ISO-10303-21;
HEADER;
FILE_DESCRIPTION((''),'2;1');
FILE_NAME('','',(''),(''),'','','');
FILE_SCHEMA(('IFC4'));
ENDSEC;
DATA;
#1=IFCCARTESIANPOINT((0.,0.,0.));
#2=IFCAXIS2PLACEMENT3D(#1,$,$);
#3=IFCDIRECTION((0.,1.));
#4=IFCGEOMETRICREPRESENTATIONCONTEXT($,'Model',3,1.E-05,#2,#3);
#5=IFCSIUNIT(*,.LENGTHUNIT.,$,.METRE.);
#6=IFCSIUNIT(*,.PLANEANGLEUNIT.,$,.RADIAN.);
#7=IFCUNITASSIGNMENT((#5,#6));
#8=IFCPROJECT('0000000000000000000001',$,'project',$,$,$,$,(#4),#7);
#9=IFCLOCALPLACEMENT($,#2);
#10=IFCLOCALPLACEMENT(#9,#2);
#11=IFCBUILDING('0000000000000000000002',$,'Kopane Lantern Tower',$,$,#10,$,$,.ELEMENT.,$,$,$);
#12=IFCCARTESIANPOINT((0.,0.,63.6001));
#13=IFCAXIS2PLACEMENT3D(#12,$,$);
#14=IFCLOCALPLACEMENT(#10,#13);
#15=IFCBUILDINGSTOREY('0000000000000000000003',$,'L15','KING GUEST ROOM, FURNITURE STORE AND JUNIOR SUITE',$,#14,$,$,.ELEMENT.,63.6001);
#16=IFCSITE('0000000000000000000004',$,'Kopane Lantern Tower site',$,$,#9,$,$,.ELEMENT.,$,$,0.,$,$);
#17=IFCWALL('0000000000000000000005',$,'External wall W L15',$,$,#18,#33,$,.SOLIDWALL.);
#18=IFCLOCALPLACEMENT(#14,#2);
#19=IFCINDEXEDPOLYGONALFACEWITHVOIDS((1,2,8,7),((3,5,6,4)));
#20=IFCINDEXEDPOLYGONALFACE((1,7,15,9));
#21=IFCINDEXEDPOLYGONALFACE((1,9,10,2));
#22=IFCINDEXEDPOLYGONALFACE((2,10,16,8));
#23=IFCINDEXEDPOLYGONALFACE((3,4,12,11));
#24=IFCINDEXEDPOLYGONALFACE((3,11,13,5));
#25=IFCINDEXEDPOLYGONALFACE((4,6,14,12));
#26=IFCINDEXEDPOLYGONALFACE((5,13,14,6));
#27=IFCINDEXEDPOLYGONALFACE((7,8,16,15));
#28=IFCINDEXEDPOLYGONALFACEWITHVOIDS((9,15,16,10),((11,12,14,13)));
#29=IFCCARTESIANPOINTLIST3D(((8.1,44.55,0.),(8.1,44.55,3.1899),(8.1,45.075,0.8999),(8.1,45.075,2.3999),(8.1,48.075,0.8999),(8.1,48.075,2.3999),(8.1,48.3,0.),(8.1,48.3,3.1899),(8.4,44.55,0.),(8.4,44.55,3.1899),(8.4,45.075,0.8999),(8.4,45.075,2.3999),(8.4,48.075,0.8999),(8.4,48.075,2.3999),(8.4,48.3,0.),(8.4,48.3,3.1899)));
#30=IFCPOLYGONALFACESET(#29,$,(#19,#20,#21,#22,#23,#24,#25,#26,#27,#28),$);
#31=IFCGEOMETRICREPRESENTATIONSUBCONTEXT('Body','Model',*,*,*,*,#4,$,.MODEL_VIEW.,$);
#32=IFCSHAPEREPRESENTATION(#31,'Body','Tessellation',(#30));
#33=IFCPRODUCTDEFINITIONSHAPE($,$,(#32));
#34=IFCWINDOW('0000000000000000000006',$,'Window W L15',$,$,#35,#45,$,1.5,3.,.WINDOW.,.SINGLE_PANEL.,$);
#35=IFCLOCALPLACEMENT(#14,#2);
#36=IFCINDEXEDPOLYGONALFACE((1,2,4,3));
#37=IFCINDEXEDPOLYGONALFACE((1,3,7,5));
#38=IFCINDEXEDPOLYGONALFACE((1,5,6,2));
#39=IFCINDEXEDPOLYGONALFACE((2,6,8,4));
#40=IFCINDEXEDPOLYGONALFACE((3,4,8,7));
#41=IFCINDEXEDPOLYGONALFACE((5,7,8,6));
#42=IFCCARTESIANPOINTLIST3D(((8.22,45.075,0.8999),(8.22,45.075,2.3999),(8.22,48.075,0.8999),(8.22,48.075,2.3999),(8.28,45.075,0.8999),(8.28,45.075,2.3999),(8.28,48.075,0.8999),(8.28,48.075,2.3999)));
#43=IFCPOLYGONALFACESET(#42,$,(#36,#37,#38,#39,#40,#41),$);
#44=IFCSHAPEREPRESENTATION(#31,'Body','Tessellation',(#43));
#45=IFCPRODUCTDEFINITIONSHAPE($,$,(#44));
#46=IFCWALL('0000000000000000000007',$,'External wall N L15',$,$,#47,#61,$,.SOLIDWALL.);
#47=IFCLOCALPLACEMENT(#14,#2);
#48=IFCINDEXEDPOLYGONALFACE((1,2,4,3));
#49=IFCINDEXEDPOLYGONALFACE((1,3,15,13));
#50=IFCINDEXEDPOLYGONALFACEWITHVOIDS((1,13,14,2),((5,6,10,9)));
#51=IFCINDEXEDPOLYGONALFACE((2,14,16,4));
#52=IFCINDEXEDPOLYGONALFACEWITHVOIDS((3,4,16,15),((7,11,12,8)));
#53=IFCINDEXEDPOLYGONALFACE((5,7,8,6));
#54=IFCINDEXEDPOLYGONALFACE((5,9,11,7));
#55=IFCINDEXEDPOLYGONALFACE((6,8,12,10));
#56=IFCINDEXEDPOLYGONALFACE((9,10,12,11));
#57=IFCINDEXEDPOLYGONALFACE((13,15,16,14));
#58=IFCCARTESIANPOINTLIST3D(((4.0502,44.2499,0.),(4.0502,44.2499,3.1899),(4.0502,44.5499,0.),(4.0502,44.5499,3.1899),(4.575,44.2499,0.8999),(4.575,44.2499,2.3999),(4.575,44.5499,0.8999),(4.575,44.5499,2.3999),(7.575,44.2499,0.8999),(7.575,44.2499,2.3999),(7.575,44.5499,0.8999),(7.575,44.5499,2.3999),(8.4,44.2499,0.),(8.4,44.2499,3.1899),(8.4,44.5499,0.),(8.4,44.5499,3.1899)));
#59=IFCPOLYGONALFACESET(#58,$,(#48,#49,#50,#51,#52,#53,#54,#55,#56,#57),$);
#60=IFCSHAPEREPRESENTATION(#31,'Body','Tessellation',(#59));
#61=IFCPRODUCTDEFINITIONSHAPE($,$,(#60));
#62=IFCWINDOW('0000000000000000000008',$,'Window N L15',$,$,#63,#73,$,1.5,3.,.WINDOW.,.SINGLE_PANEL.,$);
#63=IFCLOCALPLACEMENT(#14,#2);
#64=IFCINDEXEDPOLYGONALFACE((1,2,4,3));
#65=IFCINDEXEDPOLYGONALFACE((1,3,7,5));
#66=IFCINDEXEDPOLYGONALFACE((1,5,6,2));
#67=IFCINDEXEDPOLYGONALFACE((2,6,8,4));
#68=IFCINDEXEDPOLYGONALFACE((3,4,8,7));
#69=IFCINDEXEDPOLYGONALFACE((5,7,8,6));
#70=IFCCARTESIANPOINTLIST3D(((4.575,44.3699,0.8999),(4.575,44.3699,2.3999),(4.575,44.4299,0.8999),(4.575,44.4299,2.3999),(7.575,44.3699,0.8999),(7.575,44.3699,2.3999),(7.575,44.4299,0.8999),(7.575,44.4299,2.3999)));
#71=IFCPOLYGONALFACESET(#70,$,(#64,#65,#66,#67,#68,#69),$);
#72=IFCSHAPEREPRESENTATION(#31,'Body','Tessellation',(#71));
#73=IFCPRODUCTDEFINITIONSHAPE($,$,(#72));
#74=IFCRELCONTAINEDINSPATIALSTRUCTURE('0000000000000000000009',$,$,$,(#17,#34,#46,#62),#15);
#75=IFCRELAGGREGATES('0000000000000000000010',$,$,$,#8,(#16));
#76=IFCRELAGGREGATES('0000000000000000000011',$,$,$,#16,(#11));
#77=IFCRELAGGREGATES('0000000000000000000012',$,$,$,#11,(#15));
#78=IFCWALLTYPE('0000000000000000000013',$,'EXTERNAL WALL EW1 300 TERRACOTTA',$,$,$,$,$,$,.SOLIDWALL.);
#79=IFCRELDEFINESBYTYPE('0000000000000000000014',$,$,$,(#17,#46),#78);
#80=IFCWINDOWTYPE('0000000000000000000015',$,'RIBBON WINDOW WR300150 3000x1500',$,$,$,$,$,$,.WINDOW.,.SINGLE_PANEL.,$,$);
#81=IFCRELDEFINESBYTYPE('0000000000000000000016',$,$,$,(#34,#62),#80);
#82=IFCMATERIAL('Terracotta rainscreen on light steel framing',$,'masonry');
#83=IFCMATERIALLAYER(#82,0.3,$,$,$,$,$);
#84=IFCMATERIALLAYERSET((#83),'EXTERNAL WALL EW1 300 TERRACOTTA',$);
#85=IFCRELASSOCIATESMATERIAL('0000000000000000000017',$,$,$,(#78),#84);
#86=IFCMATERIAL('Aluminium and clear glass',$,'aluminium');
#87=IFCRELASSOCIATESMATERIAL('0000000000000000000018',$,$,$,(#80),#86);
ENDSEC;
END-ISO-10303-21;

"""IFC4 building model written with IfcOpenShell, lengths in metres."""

from ifc_helpers import new_model, si_unit, direction, frame, frame_2d, origin, place, context, subcontext, project, spatial, rectangle, extrude, material, layer, layer_set, type_object, element, fill, save


model = new_model("IFC4")

# Units and contexts
model_context = context("Model", 3, precision=1e-05, world=origin(), true_north=direction((0.0, 1.0)))
body_context = subcontext(model_context, "Body", "Model", "MODEL_VIEW")
ifc_project = project(units=[si_unit("LENGTHUNIT", "METRE"), si_unit("PLANEANGLEUNIT", "RADIAN")], contexts=[model_context])

# Site, building, storey
site_placement = place(None, origin())
site = spatial("IfcSite", under=ifc_project, at=site_placement, Name="Kopane Lantern Tower site", CompositionType="ELEMENT", RefElevation=0.0)
building_placement = place(site_placement, origin())
building = spatial("IfcBuilding", under=site, at=building_placement, Name="Kopane Lantern Tower", CompositionType="ELEMENT")
storey_placement = place(building_placement, frame((0.0, 0.0, 63.6001)))
storey = spatial("IfcBuildingStorey", under=building, at=storey_placement, Name="L15", Description="KING GUEST ROOM, FURNITURE STORE AND JUNIOR SUITE", CompositionType="ELEMENT", Elevation=63.6001)

# Walls, openings, windows
ifc_material_1 = material(Name="Terracotta rainscreen on light steel framing", Category="masonry")
ifc_layer_1 = layer(ifc_material_1, 0.3)
ifc_layer_set_1 = layer_set([ifc_layer_1], Name="EXTERNAL WALL EW1 300 TERRACOTTA")
wall_type_1 = type_object("IfcWallType", Name="EXTERNAL WALL EW1 300 TERRACOTTA", PredefinedType="SOLIDWALL", material=ifc_layer_set_1)
wall_1_placement = place(storey_placement, frame((8.25, 48.3, 0.0), z_axis=(0.0, 0.0, 1.0), x_axis=(0.0, -1.0, 0.0)))
wall_1 = element("IfcWall", 1, at=wall_1_placement, inside=storey, type_object=wall_type_1, Name="External wall W L15", PredefinedType="SOLIDWALL", context=body_context, shape_type="SweptSolid", body=[
    extrude(rectangle(XDim=3.75, YDim=0.3, at=frame_2d((1.875, 0.0))), origin(), (0.0, 0.0, 1.0), 3.1899),
])
opening_1_placement = place(wall_1_placement, frame((0.2251, 0.0, 0.8999)))
opening_1 = element("IfcOpeningElement", 2, at=opening_1_placement, cuts=wall_1, PredefinedType="OPENING", context=body_context, shape_type="SweptSolid", body=[
    extrude(rectangle(XDim=3.0, YDim=1.5, at=frame_2d((1.5, 0.75))), frame((0.0, 0.1599, 0.0), z_axis=(0.0, -1.0, 0.0), x_axis=(1.0, 0.0, 0.0)), (0.0, 0.0, 1.0), 0.3201),
])
ifc_material_2 = material(Name="Aluminium and clear glass", Category="aluminium")
window_type = type_object("IfcWindowType", Name="RIBBON WINDOW WR300150 3000x1500", PartitioningType="SINGLE_PANEL", PredefinedType="WINDOW", material=ifc_material_2)
window_1_placement = place(opening_1_placement, origin())
window_1 = element("IfcWindow", 3, at=window_1_placement, inside=storey, type_object=window_type, Name="Window W L15", OverallHeight=1.5, OverallWidth=3.0, PartitioningType="SINGLE_PANEL", PredefinedType="WINDOW", context=body_context, shape_type="SweptSolid", body=[
    extrude(rectangle(XDim=3.0, YDim=1.5, at=frame_2d((1.5, 0.75))), frame((0.0, 0.03, 0.0), z_axis=(0.0, -1.0, 0.0), x_axis=(1.0, 0.0, 0.0)), (0.0, 0.0, 1.0), 0.0601),
])
fill(opening_1, window_1)
wall_2_placement = place(storey_placement, frame((8.3999, 44.3999, 0.0), z_axis=(0.0, 0.0, 1.0), x_axis=(-1.0, 0.0, 0.0)))
wall_2 = element("IfcWall", 4, at=wall_2_placement, inside=storey, type_object=wall_type_1, Name="External wall N L15", PredefinedType="SOLIDWALL", context=body_context, shape_type="SweptSolid", body=[
    extrude(rectangle(XDim=4.3499, YDim=0.3, at=frame_2d((2.1748, 0.0))), origin(), (0.0, 0.0, 1.0), 3.1899),
])
opening_2_placement = place(wall_2_placement, frame((0.825, 0.0, 0.8999)))
opening_2 = element("IfcOpeningElement", 5, at=opening_2_placement, cuts=wall_2, PredefinedType="OPENING", context=body_context, shape_type="SweptSolid", body=[
    extrude(rectangle(XDim=3.0, YDim=1.5, at=frame_2d((1.5, 0.75))), frame((0.0, 0.1599, 0.0), z_axis=(0.0, -1.0, 0.0), x_axis=(1.0, 0.0, 0.0)), (0.0, 0.0, 1.0), 0.3201),
])
window_2_placement = place(opening_2_placement, origin())
window_2 = element("IfcWindow", 6, at=window_2_placement, inside=storey, type_object=window_type, Name="Window N L15", OverallHeight=1.5, OverallWidth=3.0, PartitioningType="SINGLE_PANEL", PredefinedType="WINDOW", context=body_context, shape_type="SweptSolid", body=[
    extrude(rectangle(XDim=3.0, YDim=1.5, at=frame_2d((1.5, 0.75))), frame((0.0, 0.03, 0.0), z_axis=(0.0, -1.0, 0.0), x_axis=(1.0, 0.0, 0.0)), (0.0, 0.0, 1.0), 0.0601),
])
fill(opening_2, window_2)

save(model, "model.ifc")
